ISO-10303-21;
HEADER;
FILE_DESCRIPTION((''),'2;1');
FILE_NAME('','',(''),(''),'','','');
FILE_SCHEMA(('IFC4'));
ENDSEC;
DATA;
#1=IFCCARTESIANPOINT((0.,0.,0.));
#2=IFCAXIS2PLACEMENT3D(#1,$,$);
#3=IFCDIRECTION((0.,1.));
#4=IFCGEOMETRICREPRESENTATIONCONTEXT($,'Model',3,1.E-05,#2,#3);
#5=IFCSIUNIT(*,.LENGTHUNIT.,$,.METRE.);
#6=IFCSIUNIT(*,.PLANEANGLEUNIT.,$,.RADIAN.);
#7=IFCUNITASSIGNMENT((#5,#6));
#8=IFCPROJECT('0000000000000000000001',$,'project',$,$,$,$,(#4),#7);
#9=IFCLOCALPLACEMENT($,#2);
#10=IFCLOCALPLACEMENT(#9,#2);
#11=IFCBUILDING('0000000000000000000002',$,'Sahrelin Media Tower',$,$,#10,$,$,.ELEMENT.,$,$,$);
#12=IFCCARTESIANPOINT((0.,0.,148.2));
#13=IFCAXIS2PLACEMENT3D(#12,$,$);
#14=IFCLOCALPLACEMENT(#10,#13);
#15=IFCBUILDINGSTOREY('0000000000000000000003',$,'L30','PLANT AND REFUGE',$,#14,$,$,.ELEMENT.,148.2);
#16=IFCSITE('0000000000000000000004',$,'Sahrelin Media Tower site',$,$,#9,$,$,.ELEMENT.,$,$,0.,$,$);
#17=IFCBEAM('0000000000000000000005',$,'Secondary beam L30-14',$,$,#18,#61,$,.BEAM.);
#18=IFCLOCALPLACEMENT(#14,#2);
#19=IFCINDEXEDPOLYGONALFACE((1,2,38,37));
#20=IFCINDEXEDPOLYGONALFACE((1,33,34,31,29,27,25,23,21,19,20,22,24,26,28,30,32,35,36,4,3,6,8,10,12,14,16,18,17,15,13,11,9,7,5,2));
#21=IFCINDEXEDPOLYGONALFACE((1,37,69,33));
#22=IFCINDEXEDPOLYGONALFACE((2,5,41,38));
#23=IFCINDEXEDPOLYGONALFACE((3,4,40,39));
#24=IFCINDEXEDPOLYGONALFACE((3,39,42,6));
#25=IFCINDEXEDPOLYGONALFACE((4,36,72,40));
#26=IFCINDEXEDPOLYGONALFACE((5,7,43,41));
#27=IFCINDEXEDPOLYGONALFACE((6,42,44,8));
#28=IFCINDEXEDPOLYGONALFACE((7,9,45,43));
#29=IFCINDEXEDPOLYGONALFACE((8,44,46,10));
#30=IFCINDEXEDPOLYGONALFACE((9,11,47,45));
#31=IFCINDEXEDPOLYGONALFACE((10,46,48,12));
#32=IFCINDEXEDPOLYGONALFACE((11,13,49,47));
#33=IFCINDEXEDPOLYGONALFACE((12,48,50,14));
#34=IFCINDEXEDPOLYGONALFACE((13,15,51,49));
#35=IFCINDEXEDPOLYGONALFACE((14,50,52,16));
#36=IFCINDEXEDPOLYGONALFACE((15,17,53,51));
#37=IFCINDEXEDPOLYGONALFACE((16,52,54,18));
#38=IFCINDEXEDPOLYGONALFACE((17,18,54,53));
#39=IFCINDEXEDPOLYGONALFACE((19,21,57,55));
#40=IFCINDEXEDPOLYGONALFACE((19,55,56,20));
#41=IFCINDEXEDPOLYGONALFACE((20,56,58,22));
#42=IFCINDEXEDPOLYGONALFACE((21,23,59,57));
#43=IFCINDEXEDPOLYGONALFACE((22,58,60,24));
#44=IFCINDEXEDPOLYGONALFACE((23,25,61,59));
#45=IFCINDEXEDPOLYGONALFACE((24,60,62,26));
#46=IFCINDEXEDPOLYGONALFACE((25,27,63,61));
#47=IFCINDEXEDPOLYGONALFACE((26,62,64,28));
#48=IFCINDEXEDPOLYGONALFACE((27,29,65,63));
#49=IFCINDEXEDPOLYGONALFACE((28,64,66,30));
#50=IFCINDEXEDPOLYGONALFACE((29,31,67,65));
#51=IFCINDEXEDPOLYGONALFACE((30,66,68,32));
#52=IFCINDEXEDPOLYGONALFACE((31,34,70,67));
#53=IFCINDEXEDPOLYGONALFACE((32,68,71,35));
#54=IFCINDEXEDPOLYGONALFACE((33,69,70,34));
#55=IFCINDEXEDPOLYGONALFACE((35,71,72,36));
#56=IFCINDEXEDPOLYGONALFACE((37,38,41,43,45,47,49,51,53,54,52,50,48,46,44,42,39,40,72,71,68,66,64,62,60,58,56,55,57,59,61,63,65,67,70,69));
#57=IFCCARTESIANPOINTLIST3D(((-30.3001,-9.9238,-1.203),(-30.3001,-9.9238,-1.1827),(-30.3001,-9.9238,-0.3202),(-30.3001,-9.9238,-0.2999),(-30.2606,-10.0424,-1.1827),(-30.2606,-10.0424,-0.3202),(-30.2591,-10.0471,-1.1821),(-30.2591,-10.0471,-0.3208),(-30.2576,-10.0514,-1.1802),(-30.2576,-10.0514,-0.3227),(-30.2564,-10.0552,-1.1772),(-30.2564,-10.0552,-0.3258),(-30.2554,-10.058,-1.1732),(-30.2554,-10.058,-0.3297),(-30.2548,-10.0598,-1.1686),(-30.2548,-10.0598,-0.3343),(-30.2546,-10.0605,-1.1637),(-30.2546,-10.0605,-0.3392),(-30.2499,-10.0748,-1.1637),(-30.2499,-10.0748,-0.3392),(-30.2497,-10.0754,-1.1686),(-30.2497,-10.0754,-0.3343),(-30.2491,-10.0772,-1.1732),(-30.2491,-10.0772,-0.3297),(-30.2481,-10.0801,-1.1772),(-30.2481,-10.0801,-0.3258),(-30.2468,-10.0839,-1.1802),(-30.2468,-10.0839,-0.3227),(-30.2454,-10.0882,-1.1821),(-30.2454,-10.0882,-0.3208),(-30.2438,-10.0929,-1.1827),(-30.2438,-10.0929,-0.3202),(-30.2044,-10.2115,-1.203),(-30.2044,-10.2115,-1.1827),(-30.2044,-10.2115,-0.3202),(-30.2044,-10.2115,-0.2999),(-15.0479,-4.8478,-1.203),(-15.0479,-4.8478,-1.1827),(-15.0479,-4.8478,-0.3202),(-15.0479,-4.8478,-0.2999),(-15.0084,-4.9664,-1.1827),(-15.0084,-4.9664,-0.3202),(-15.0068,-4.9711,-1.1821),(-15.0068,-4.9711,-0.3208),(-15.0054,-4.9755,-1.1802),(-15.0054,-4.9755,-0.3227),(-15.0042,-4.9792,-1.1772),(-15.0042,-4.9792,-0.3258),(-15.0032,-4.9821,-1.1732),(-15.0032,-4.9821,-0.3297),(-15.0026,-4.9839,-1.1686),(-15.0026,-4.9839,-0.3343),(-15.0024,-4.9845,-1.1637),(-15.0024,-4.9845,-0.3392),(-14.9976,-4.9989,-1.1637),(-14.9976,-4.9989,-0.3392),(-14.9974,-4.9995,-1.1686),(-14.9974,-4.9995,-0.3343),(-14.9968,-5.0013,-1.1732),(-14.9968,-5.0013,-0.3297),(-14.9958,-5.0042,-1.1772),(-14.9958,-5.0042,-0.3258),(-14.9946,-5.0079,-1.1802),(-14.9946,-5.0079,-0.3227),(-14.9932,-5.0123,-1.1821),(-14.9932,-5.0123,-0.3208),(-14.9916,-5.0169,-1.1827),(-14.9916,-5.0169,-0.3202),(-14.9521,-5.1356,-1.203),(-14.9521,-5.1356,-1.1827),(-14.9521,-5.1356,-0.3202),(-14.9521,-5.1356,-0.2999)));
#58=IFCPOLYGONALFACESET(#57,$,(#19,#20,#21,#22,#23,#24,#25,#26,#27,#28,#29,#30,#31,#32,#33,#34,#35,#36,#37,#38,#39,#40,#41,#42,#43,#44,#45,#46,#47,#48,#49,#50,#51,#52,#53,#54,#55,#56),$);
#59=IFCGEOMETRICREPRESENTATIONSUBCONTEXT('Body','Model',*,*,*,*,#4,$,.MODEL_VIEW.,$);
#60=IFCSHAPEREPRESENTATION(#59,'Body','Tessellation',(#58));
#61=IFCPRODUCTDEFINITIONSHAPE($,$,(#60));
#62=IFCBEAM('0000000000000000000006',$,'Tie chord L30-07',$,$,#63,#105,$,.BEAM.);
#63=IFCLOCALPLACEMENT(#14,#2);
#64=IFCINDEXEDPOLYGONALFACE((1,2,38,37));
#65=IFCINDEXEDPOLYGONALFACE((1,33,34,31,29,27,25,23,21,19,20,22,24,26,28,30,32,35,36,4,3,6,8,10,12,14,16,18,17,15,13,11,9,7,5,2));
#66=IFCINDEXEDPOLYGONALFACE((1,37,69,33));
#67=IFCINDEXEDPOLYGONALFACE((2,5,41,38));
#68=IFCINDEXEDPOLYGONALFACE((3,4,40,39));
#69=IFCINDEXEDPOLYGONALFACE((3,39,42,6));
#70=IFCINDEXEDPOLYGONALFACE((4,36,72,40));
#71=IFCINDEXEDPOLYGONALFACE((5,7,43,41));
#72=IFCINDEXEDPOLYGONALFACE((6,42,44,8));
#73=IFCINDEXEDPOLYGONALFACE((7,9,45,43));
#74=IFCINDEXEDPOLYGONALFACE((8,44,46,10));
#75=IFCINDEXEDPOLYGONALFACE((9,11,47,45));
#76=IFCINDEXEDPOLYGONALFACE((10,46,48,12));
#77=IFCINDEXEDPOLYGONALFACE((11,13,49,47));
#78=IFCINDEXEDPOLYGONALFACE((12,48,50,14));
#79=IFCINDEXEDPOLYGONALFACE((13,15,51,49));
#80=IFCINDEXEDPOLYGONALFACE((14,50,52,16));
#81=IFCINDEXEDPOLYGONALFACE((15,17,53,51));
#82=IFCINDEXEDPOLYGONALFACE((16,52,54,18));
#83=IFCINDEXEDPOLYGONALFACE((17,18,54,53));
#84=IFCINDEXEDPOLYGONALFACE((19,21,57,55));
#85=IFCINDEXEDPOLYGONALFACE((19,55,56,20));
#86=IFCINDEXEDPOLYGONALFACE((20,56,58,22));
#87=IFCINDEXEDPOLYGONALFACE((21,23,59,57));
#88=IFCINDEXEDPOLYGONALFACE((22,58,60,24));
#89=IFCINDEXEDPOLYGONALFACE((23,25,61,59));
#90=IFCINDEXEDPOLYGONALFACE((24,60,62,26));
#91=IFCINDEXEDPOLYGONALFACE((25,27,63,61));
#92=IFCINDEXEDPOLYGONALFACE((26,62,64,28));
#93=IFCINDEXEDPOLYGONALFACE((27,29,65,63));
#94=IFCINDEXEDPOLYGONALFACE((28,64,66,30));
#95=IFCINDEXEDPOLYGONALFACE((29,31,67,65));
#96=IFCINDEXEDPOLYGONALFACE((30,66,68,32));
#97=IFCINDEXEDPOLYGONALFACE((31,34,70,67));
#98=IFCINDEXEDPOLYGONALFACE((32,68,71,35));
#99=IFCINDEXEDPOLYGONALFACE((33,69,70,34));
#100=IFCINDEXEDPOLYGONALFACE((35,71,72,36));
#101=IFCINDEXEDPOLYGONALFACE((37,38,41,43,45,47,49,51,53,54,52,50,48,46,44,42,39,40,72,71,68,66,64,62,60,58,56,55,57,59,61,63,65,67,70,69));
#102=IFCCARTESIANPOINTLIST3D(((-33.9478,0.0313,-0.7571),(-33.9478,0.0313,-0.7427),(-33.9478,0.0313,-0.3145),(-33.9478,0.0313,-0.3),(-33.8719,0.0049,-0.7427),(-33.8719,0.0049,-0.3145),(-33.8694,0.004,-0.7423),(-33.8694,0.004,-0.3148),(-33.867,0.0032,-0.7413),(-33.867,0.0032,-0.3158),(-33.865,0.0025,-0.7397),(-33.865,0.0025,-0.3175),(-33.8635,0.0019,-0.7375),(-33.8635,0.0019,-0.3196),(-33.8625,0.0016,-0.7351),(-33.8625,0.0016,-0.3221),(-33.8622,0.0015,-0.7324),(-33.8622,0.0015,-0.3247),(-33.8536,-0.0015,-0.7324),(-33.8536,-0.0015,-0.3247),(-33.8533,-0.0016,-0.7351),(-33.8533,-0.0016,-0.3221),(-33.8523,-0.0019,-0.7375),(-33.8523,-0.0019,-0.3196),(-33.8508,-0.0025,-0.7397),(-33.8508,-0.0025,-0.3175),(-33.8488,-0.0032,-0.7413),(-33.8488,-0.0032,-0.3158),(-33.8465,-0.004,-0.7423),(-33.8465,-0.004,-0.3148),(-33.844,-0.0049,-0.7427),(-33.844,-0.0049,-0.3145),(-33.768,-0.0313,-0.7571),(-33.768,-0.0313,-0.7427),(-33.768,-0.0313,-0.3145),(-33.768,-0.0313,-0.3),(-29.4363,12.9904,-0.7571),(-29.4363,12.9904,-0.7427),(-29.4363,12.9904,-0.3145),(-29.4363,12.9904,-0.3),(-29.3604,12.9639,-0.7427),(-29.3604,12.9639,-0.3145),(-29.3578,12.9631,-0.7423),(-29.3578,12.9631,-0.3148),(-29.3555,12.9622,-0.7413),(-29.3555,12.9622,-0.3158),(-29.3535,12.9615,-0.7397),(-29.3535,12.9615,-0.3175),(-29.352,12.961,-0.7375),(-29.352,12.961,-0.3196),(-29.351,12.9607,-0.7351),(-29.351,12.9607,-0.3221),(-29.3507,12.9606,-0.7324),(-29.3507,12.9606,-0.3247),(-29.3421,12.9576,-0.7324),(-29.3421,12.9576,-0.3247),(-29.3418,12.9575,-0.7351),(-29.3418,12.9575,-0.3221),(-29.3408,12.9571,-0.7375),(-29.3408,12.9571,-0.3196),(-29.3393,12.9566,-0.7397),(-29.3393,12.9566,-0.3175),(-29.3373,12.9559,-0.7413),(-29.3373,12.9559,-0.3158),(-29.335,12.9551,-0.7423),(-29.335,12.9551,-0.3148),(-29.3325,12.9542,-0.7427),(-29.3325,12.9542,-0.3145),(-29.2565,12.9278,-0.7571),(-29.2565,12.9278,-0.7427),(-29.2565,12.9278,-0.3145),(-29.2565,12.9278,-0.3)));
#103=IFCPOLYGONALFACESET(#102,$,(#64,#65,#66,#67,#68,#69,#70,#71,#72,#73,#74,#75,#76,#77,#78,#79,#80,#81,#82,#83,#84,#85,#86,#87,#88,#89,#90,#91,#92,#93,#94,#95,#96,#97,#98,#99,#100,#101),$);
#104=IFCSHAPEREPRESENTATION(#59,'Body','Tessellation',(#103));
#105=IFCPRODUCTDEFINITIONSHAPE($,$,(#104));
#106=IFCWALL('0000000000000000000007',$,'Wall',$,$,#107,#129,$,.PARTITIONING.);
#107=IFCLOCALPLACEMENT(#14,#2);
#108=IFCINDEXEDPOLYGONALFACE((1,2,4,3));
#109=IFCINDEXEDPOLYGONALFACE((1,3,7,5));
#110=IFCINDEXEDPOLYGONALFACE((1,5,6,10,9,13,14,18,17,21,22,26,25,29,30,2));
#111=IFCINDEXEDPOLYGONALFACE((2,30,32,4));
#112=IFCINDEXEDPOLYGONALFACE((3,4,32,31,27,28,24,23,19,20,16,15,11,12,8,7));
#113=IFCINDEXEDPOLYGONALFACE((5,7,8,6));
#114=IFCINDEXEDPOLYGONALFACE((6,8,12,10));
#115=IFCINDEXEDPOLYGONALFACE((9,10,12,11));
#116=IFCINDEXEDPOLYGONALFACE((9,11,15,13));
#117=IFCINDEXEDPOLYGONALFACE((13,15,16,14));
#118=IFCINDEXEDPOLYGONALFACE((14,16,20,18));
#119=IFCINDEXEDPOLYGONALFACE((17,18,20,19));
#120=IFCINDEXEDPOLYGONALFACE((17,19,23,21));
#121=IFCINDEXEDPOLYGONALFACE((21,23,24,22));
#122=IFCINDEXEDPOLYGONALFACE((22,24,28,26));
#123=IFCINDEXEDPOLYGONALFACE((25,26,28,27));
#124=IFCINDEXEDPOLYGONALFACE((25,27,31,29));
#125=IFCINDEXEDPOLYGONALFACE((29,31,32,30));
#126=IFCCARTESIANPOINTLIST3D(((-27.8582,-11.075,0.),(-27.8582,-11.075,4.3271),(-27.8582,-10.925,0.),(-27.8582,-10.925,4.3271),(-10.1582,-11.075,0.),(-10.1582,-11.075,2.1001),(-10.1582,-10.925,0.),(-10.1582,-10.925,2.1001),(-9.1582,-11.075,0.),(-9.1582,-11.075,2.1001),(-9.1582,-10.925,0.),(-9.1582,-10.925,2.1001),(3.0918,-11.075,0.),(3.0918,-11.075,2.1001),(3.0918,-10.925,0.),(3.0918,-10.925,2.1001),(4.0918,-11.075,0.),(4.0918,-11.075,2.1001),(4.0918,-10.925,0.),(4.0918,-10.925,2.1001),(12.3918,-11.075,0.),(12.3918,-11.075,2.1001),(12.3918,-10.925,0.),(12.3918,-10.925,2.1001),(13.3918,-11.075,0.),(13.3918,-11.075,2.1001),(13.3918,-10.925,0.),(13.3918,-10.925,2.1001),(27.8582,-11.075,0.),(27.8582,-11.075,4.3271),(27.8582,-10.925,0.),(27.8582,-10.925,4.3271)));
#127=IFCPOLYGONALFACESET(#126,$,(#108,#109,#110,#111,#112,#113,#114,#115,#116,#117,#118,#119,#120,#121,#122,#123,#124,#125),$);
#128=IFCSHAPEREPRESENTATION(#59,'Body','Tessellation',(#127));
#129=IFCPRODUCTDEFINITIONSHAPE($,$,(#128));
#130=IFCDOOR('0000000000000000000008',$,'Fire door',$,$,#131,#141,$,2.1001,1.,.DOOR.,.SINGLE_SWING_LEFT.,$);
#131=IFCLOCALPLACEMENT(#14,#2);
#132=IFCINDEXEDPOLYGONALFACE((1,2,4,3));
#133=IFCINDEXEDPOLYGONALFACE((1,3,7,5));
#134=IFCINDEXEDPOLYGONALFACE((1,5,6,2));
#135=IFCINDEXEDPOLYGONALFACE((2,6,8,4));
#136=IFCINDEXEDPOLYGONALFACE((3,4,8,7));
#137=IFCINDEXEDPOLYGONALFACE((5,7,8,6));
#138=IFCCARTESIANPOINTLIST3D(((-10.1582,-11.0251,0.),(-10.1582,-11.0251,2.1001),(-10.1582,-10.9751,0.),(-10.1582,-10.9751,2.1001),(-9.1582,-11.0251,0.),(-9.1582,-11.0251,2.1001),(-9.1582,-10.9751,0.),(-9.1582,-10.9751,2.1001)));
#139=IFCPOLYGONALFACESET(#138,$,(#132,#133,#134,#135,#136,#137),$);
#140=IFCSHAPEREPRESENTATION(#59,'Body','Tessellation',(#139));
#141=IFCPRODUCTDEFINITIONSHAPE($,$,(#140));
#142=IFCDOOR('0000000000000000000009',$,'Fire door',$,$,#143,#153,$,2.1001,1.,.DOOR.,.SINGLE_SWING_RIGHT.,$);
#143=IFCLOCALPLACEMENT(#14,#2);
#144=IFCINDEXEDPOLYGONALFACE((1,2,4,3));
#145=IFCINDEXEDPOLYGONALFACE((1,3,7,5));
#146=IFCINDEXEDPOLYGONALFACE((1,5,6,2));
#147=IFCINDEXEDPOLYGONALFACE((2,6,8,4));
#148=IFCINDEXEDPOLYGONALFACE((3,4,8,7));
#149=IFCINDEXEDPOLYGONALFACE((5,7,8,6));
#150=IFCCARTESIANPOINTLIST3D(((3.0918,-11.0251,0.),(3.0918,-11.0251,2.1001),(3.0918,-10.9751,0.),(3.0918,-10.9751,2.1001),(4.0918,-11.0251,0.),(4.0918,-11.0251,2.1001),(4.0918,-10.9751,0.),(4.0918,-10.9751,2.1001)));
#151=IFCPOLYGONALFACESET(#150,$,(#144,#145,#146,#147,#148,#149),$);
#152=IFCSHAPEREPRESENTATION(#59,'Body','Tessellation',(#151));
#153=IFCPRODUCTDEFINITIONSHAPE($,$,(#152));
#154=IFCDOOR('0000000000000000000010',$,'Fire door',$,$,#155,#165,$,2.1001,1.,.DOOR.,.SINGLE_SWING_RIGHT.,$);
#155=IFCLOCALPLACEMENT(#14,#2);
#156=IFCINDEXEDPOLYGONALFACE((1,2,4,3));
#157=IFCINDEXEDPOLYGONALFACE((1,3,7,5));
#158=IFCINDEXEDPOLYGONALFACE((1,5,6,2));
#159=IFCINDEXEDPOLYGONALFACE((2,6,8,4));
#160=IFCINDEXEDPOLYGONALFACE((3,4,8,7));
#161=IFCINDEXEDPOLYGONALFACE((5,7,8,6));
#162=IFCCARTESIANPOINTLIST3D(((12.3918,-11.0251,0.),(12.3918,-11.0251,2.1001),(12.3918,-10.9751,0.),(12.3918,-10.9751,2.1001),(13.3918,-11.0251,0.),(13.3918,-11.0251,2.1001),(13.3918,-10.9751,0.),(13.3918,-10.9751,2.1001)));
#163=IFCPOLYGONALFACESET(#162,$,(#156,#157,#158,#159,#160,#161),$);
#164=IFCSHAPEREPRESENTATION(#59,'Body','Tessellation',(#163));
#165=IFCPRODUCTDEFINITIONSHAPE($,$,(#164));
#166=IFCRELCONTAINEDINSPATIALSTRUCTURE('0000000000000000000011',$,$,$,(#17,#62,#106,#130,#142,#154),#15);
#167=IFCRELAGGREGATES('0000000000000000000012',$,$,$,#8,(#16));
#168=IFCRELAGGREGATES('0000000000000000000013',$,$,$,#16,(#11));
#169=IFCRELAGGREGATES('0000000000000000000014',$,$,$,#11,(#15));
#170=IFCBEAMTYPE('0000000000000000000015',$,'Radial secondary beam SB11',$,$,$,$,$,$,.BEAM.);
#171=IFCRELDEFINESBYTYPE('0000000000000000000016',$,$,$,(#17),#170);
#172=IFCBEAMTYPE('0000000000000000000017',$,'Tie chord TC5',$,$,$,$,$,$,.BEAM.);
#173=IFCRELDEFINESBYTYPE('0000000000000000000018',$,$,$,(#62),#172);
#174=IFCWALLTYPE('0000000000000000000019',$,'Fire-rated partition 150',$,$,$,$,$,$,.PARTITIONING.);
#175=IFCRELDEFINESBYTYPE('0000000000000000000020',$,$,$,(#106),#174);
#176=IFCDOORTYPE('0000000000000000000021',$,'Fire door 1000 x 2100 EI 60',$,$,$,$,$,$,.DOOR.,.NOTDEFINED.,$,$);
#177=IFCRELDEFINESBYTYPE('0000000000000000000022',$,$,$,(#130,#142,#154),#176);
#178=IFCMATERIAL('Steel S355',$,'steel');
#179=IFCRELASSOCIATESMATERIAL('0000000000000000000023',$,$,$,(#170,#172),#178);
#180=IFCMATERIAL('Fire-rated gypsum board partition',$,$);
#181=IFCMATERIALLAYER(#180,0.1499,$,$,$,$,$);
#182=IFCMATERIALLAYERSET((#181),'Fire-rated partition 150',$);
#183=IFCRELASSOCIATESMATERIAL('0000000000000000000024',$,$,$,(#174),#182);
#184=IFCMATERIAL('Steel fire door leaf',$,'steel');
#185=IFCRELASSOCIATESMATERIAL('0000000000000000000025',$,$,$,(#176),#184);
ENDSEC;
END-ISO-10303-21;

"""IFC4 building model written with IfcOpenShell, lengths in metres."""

from ifc_helpers import new_model, si_unit, direction, frame, frame_2d, origin, origin_2d, place, context, subcontext, project, spatial, rectangle, i_section, extrude, material, layer, layer_set, material_profile, profile_set, type_object, element, fill, save


model = new_model("IFC4")

# Units and contexts
model_context = context("Model", 3, precision=1e-05, world=origin(), true_north=direction((0.0, 1.0)))
body_context = subcontext(model_context, "Body", "Model", "MODEL_VIEW")
ifc_project = project(units=[si_unit("LENGTHUNIT", "METRE"), si_unit("PLANEANGLEUNIT", "RADIAN")], contexts=[model_context])

# Site, building, storey
site_placement = place(None, origin())
site = spatial("IfcSite", under=ifc_project, at=site_placement, Name="Sahrelin Media Tower site", CompositionType="ELEMENT", RefElevation=0.0)
building_placement = place(site_placement, origin())
building = spatial("IfcBuilding", under=site, at=building_placement, Name="Sahrelin Media Tower", CompositionType="ELEMENT")
storey_placement = place(building_placement, frame((0.0, 0.0, 148.2)))
storey = spatial("IfcBuildingStorey", under=building, at=storey_placement, Name="L30", Description="PLANT AND REFUGE", CompositionType="ELEMENT", Elevation=148.2)

# Beams
ifc_material_1 = material(Name="Steel S355", Category="steel")
ifc_material_profile_1 = material_profile(ifc_material_1, i_section(OverallWidth=0.3032, OverallDepth=0.9031, WebThickness=0.0151, FlangeThickness=0.0203, FilletRadius=0.019, at=origin_2d()), Name="UB 914x305x201")
ifc_profile_set_1 = profile_set([ifc_material_profile_1], Name="Steel S355")
beam_type_1 = type_object("IfcBeamType", Name="Radial secondary beam SB11", PredefinedType="BEAM", material=ifc_profile_set_1)
beam_1_placement = place(storey_placement, frame((-15.0, -4.9917, -0.7515), z_axis=(-0.948835, -0.315772, 0.0), x_axis=(0.315772, -0.948835, 0.0)))
element("IfcBeam", 1, at=beam_1_placement, inside=storey, type_object=beam_type_1, Name="Secondary beam L30-14", PredefinedType="BEAM", context=body_context, shape_type="SweptSolid", body=[
    extrude(i_section(OverallWidth=0.3032, OverallDepth=0.9031, WebThickness=0.0151, FlangeThickness=0.0203, FilletRadius=0.019, at=origin_2d()), origin(), (0.0, 0.0, 1.0), 16.0747),
])
ifc_material_profile_2 = material_profile(ifc_material_1, i_section(OverallWidth=0.1904, OverallDepth=0.457, WebThickness=0.009, FlangeThickness=0.0144, FilletRadius=0.0103, at=origin_2d()), Name="UB 457x191x74")
ifc_profile_set_2 = profile_set([ifc_material_profile_2], Name="Steel S355")
beam_type_2 = type_object("IfcBeamType", Name="Tie chord TC5", PredefinedType="BEAM", material=ifc_profile_set_2)
beam_2_placement = place(storey_placement, frame((-33.8579, 0.0, -0.5286), z_axis=(0.328781, 0.944406, 0.0), x_axis=(-0.944406, 0.328781, 0.0)))
element("IfcBeam", 2, at=beam_2_placement, inside=storey, type_object=beam_type_2, Name="Tie chord L30-07", PredefinedType="BEAM", context=body_context, shape_type="SweptSolid", body=[
    extrude(i_section(OverallWidth=0.1904, OverallDepth=0.457, WebThickness=0.009, FlangeThickness=0.0144, FilletRadius=0.0103, at=origin_2d()), origin(), (0.0, 0.0, 1.0), 13.7219),
])

# Wall, openings, doors
ifc_material_2 = material(Name="Fire-rated gypsum board partition")
ifc_layer = layer(ifc_material_2, 0.1499)
ifc_layer_set = layer_set([ifc_layer], Name="Fire-rated partition 150")
wall_type = type_object("IfcWallType", Name="Fire-rated partition 150", PredefinedType="PARTITIONING", material=ifc_layer_set)
wall_1_placement = place(storey_placement, frame((-27.8582, -11.0, 0.0), z_axis=(0.0, 0.0, 1.0), x_axis=(1.0, 0.0, 0.0)))
wall_1 = element("IfcWall", 3, at=wall_1_placement, inside=storey, type_object=wall_type, Name="Wall", PredefinedType="PARTITIONING", context=body_context, shape_type="SweptSolid", body=[
    extrude(rectangle(XDim=55.7163, YDim=0.1499, at=frame_2d((27.8582, 0.0))), origin(), (0.0, 0.0, 1.0), 4.3271),
])
opening_1_placement = place(wall_1_placement, frame((17.7, 0.0, 0.0)))
opening_1 = element("IfcOpeningElement", 4, at=opening_1_placement, cuts=wall_1, PredefinedType="OPENING", context=body_context, shape_type="SweptSolid", body=[
    extrude(rectangle(XDim=1.0, YDim=2.1001, at=frame_2d((0.5, 1.05))), frame((0.0, 0.075, 0.0), z_axis=(0.0, -1.0, 0.0), x_axis=(1.0, 0.0, 0.0)), (0.0, 0.0, 1.0), 0.1499),
])
opening_2_placement = place(wall_1_placement, frame((30.95, 0.0, 0.0)))
opening_2 = element("IfcOpeningElement", 5, at=opening_2_placement, cuts=wall_1, PredefinedType="OPENING", context=body_context, shape_type="SweptSolid", body=[
    extrude(rectangle(XDim=1.0, YDim=2.1001, at=frame_2d((0.5, 1.05))), frame((0.0, 0.075, 0.0), z_axis=(0.0, -1.0, 0.0), x_axis=(1.0, 0.0, 0.0)), (0.0, 0.0, 1.0), 0.1499),
])
opening_3_placement = place(wall_1_placement, frame((40.25, 0.0, 0.0)))
opening_3 = element("IfcOpeningElement", 6, at=opening_3_placement, cuts=wall_1, PredefinedType="OPENING", context=body_context, shape_type="SweptSolid", body=[
    extrude(rectangle(XDim=1.0, YDim=2.1001, at=frame_2d((0.5, 1.05))), frame((0.0, 0.075, 0.0), z_axis=(0.0, -1.0, 0.0), x_axis=(1.0, 0.0, 0.0)), (0.0, 0.0, 1.0), 0.1499),
])
ifc_material_3 = material(Name="Steel fire door leaf", Category="steel")
door_type = type_object("IfcDoorType", Name="Fire door 1000 x 2100 EI 60", OperationType="NOTDEFINED", PredefinedType="DOOR", material=ifc_material_3)
door_1_placement = place(opening_1_placement, origin())
door_1 = element("IfcDoor", 7, at=door_1_placement, inside=storey, type_object=door_type, Name="Fire door", OperationType="SINGLE_SWING_LEFT", OverallHeight=2.1001, OverallWidth=1.0, PredefinedType="DOOR", context=body_context, shape_type="SweptSolid", body=[
    extrude(rectangle(XDim=1.0, YDim=2.1001, at=frame_2d((0.5, 1.05))), frame((0.0, 0.0249, 0.0), z_axis=(0.0, -1.0, 0.0), x_axis=(1.0, 0.0, 0.0)), (0.0, 0.0, 1.0), 0.05),
])
fill(opening_1, door_1)
door_2_placement = place(opening_2_placement, origin())
door_2 = element("IfcDoor", 8, at=door_2_placement, inside=storey, type_object=door_type, Name="Fire door", OperationType="SINGLE_SWING_RIGHT", OverallHeight=2.1001, OverallWidth=1.0, PredefinedType="DOOR", context=body_context, shape_type="SweptSolid", body=[
    extrude(rectangle(XDim=1.0, YDim=2.1001, at=frame_2d((0.5, 1.05))), frame((0.0, 0.0249, 0.0), z_axis=(0.0, -1.0, 0.0), x_axis=(1.0, 0.0, 0.0)), (0.0, 0.0, 1.0), 0.05),
])
fill(opening_2, door_2)
door_3_placement = place(opening_3_placement, origin())
door_3 = element("IfcDoor", 9, at=door_3_placement, inside=storey, type_object=door_type, Name="Fire door", OperationType="SINGLE_SWING_RIGHT", OverallHeight=2.1001, OverallWidth=1.0, PredefinedType="DOOR", context=body_context, shape_type="SweptSolid", body=[
    extrude(rectangle(XDim=1.0, YDim=2.1001, at=frame_2d((0.5, 1.05))), frame((0.0, 0.0249, 0.0), z_axis=(0.0, -1.0, 0.0), x_axis=(1.0, 0.0, 0.0)), (0.0, 0.0, 1.0), 0.05),
])
fill(opening_3, door_3)

save(model, "model.ifc")
